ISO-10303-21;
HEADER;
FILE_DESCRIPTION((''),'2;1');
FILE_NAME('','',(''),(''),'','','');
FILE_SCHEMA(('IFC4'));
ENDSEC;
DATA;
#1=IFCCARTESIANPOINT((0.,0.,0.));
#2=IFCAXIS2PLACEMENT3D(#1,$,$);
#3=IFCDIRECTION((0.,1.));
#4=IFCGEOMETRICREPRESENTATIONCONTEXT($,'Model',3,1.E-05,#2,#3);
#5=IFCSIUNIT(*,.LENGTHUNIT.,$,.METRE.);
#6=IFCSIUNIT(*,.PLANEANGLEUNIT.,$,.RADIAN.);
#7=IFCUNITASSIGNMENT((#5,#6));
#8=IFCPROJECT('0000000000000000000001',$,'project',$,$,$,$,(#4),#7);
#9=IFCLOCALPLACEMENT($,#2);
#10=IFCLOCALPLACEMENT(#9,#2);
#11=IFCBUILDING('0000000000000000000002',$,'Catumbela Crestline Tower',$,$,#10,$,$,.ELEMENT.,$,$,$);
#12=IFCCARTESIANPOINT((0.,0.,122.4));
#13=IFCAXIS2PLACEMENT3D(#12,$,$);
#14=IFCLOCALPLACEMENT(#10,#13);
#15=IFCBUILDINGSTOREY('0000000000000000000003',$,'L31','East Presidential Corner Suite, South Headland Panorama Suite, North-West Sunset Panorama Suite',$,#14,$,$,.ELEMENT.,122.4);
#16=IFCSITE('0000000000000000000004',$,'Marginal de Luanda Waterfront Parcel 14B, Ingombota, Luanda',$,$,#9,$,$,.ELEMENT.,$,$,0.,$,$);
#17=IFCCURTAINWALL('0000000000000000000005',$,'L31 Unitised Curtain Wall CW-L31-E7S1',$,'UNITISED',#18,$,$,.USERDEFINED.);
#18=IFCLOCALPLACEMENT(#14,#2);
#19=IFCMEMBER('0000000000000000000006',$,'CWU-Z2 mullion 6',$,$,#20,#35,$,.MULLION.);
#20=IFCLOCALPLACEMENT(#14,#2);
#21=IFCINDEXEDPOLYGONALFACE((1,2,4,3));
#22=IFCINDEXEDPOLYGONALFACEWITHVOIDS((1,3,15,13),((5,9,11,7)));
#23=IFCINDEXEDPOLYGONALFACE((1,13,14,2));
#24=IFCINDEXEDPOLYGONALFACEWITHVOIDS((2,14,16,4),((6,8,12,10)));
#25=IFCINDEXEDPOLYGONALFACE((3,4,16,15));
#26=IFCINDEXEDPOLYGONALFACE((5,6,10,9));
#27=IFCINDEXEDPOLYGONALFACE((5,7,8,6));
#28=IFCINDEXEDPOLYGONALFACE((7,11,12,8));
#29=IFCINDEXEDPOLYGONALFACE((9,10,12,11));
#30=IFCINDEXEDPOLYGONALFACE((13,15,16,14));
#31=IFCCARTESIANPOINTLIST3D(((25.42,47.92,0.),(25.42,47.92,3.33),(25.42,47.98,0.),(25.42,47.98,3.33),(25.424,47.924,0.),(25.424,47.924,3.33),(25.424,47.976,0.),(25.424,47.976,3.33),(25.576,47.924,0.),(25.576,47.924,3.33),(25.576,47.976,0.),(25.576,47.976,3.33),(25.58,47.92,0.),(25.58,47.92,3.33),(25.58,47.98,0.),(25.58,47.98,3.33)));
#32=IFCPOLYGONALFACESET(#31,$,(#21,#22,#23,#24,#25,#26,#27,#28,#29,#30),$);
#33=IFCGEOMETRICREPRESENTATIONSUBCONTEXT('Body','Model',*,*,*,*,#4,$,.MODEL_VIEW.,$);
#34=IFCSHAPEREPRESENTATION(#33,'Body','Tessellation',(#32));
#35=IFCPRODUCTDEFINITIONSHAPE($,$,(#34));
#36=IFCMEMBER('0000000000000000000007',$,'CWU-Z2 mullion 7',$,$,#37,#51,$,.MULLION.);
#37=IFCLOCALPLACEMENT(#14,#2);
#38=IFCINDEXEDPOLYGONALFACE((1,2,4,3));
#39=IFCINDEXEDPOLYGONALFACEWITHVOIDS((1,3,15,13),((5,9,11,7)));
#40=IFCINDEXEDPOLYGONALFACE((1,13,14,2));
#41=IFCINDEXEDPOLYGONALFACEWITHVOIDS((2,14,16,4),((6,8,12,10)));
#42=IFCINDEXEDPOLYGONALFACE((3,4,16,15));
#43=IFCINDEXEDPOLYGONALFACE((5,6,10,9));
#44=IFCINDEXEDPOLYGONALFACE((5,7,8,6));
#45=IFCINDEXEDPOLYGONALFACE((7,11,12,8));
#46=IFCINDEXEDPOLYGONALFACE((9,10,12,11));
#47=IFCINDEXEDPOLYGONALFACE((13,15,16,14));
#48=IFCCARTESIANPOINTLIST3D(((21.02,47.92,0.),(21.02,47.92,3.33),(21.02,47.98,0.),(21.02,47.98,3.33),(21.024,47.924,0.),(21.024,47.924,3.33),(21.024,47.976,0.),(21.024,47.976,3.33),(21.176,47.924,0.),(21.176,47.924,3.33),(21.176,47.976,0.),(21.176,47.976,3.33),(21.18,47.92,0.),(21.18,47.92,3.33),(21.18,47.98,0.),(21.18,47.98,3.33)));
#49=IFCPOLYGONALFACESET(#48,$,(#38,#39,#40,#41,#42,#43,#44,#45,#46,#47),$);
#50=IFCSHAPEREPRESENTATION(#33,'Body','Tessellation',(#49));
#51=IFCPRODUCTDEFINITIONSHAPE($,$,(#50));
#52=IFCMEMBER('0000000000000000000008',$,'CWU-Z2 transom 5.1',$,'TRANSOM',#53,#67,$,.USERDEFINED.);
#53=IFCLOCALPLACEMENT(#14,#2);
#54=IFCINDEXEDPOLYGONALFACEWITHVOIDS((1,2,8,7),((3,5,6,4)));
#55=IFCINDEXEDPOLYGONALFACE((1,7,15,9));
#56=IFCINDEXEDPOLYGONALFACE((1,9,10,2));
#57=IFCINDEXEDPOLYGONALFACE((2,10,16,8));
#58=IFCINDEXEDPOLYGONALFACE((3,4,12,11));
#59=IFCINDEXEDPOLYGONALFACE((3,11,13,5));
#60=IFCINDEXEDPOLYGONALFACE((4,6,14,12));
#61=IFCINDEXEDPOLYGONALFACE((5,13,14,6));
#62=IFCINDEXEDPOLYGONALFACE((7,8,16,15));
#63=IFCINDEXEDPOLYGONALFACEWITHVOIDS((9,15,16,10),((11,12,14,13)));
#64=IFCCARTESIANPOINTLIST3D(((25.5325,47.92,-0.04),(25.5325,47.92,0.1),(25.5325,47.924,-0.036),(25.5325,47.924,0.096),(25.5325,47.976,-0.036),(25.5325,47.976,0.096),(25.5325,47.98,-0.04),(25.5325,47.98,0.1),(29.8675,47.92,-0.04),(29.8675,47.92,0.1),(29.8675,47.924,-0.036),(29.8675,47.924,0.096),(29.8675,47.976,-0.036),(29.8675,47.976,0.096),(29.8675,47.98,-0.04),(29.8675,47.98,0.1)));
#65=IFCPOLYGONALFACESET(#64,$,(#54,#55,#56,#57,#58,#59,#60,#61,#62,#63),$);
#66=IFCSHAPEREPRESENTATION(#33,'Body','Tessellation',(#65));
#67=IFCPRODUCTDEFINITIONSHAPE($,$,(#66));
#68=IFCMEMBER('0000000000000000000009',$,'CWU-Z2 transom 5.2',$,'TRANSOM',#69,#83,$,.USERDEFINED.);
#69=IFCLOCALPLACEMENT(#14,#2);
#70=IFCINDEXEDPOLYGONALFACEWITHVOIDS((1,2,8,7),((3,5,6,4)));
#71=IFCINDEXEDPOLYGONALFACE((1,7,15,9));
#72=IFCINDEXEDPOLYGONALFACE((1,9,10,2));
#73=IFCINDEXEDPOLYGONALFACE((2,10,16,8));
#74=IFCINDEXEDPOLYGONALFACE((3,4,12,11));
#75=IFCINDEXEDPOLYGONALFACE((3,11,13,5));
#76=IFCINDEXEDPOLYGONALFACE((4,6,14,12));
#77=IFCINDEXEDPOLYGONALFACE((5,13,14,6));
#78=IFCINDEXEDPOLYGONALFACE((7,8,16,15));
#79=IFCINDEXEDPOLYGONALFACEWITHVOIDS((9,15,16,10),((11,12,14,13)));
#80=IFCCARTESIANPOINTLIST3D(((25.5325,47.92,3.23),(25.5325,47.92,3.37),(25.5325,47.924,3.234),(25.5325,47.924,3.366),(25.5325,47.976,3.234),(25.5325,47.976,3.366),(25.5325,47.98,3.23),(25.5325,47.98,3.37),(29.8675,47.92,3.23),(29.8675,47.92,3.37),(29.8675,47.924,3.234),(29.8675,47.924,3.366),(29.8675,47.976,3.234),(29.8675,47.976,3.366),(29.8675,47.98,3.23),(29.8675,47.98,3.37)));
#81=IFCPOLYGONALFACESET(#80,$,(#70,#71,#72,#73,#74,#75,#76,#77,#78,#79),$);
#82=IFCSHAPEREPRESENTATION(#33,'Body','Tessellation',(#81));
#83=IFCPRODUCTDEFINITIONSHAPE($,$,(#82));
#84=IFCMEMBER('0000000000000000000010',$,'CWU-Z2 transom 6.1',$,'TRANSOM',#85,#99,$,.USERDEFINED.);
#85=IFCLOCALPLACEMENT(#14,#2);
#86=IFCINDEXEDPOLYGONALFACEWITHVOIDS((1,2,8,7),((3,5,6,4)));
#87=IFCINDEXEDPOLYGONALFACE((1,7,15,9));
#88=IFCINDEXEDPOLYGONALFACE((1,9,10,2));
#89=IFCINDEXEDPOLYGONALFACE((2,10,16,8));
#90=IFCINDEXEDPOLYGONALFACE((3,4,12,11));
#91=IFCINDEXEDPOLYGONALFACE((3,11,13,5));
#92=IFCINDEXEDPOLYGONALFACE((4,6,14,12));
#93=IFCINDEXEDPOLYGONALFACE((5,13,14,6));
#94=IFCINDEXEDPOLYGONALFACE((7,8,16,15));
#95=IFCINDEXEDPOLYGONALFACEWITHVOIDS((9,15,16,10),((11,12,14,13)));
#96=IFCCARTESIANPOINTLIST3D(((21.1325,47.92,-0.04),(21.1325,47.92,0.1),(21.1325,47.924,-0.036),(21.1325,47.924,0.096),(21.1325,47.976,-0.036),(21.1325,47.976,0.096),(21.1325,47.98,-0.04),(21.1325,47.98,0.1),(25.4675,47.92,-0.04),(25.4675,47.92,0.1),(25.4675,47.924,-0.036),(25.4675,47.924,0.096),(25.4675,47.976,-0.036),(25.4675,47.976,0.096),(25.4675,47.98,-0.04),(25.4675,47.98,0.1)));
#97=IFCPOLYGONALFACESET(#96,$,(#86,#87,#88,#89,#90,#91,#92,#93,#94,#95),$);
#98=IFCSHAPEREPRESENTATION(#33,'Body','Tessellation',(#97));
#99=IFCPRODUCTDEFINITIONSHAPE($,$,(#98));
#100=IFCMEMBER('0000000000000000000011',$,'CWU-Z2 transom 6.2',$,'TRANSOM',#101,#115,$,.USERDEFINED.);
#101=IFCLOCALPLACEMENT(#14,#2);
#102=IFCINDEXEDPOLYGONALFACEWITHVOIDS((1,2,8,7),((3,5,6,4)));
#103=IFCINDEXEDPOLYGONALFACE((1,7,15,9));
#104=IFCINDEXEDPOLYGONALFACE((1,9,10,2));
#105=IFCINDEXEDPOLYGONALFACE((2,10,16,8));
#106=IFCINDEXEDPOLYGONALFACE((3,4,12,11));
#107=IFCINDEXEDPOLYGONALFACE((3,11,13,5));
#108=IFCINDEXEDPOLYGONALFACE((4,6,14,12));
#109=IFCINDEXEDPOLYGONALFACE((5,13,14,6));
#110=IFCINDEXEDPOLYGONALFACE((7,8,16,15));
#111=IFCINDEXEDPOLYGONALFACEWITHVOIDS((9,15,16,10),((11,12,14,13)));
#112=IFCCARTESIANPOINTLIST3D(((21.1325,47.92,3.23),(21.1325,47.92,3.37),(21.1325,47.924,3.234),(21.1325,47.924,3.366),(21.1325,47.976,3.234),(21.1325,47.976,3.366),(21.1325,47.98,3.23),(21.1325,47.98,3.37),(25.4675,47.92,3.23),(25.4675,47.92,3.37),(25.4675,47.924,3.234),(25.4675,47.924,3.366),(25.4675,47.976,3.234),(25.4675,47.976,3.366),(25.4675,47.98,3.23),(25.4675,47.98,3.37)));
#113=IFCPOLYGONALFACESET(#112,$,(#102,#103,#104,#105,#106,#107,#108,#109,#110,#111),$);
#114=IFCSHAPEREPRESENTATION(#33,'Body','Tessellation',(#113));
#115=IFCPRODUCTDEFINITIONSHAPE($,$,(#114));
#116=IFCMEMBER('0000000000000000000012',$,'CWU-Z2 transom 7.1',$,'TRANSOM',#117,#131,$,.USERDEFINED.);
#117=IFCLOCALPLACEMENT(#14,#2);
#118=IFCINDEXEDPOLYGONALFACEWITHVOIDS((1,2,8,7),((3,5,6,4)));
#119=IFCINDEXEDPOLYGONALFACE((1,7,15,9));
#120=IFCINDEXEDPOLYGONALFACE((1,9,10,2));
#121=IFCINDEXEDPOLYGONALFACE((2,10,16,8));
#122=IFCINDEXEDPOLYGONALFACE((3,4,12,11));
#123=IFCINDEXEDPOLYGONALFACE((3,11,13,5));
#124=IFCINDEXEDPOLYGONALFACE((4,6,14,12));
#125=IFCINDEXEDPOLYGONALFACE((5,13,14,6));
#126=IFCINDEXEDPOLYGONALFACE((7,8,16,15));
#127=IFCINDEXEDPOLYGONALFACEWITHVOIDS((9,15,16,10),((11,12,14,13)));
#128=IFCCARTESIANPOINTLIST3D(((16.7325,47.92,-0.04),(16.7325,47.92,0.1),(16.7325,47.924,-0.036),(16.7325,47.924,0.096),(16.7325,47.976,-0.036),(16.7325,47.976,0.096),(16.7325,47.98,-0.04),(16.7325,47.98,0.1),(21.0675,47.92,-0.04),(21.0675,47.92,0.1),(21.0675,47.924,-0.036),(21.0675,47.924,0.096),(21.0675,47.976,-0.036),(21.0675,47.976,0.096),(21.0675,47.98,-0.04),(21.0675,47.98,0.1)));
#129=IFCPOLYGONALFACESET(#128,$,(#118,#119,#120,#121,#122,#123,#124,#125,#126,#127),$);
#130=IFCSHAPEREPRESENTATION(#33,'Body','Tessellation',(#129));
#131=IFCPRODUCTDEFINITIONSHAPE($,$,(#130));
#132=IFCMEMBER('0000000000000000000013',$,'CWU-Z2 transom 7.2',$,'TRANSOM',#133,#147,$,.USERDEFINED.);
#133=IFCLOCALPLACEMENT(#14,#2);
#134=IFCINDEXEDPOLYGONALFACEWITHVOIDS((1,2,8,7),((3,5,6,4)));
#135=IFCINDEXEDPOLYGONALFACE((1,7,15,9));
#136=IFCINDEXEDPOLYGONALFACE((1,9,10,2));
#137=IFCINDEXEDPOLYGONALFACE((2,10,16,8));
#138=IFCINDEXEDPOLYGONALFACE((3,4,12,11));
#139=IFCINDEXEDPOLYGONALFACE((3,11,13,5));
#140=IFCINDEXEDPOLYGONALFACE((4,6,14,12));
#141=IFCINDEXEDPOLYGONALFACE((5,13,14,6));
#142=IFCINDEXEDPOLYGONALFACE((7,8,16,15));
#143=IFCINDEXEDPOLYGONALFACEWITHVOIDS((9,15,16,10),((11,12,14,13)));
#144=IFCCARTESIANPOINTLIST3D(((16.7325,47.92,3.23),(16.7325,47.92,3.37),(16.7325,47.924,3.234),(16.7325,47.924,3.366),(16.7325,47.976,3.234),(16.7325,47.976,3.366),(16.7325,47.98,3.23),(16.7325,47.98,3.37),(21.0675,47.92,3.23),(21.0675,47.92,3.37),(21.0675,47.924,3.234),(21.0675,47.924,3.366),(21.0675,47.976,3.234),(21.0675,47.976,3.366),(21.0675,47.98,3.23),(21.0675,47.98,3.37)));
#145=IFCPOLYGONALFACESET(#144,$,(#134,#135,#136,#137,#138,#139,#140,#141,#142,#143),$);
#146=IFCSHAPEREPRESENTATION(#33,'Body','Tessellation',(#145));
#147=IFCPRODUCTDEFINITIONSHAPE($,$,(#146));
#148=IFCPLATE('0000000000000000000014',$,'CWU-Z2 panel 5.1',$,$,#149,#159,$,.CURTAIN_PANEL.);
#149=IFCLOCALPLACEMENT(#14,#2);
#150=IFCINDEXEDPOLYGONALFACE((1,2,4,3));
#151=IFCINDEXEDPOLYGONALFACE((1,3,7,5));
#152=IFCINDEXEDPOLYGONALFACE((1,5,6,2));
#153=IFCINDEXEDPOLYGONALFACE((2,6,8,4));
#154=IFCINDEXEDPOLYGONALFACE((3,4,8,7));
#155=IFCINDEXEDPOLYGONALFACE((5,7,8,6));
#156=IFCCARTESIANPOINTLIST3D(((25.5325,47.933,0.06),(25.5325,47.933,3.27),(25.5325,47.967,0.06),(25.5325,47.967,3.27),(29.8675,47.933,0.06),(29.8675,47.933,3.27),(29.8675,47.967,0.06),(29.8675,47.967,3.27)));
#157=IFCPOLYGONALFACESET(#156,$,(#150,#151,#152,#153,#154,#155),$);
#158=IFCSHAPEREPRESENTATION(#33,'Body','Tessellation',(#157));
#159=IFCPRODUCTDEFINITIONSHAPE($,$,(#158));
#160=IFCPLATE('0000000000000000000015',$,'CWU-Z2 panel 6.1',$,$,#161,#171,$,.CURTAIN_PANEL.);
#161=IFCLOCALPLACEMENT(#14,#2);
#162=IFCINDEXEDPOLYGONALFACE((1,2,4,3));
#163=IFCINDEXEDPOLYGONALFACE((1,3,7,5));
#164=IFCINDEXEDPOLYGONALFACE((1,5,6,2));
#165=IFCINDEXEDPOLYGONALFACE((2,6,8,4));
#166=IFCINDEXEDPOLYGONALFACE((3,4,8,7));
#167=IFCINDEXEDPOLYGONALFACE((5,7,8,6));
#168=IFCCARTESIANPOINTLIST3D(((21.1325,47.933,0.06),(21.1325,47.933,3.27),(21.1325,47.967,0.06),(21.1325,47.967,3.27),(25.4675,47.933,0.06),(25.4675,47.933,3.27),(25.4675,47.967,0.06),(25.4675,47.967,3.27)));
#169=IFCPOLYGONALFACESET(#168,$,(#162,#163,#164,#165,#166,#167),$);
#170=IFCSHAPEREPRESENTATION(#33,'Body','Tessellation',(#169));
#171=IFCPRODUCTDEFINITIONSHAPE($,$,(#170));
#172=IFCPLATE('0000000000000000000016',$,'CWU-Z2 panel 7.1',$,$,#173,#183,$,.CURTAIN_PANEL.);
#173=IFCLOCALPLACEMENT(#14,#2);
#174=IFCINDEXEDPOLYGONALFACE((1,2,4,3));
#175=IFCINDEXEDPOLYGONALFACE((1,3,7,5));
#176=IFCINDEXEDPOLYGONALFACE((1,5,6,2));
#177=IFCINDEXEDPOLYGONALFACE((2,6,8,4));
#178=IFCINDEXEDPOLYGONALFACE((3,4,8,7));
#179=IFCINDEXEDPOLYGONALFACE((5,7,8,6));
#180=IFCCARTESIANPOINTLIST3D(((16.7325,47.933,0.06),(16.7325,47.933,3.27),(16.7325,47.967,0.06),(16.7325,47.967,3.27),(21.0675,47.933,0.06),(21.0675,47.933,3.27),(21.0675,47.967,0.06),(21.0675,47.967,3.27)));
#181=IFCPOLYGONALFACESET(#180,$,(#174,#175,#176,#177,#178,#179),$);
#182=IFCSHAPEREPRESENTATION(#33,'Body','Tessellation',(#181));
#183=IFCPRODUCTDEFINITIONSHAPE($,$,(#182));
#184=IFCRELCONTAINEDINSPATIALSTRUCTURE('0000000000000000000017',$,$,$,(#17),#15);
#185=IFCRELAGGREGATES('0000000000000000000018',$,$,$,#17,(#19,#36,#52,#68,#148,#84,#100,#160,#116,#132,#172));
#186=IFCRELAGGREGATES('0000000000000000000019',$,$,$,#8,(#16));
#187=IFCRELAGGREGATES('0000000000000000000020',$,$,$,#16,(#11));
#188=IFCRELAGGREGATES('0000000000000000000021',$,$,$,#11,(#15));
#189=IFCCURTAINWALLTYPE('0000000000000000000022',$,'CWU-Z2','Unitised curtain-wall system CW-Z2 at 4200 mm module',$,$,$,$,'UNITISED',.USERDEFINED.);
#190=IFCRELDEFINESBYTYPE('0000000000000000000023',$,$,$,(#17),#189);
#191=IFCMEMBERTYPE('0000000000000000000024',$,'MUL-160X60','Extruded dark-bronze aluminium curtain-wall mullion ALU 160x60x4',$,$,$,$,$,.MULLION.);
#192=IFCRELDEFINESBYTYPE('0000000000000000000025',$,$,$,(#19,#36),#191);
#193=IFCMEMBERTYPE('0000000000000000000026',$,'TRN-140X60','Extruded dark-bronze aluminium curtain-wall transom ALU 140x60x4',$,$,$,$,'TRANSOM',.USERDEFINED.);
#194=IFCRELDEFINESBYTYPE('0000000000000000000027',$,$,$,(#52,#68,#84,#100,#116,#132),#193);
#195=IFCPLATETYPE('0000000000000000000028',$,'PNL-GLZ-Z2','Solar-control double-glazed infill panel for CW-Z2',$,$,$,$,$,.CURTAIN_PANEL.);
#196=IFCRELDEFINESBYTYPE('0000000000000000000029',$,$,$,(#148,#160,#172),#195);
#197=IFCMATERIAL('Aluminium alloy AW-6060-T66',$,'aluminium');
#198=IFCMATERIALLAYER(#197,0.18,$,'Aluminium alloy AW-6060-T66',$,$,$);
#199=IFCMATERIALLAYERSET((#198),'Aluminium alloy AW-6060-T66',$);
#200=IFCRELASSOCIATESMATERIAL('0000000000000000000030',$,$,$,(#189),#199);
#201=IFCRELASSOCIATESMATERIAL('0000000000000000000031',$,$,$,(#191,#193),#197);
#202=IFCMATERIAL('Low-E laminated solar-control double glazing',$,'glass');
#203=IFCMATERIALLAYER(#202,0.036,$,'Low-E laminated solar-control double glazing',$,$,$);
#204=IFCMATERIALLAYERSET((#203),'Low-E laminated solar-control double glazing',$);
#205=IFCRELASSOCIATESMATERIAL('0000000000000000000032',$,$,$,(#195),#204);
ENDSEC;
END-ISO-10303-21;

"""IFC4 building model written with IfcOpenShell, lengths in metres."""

from ifc_helpers import new_model, si_unit, direction, frame, origin, origin_2d, place, context, subcontext, project, spatial, rectangle, hollow_rectangle, extrude, material, layer, layer_set, material_profile, profile_set, type_object, element, aggregate, save


model = new_model("IFC4")

# Units and contexts
model_context = context("Model", 3, precision=1e-05, world=origin(), true_north=direction((0.0, 1.0)))
body_context = subcontext(model_context, "Body", "Model", "MODEL_VIEW")
ifc_project = project(units=[si_unit("LENGTHUNIT", "METRE"), si_unit("PLANEANGLEUNIT", "RADIAN")], contexts=[model_context])

# Site, building, storey
site_placement = place(None, origin())
site = spatial("IfcSite", under=ifc_project, at=site_placement, Name="Marginal de Luanda Waterfront Parcel 14B, Ingombota, Luanda", CompositionType="ELEMENT", RefElevation=0.0)
building_placement = place(site_placement, origin())
building = spatial("IfcBuilding", under=site, at=building_placement, Name="Catumbela Crestline Tower", CompositionType="ELEMENT")
storey_placement = place(building_placement, frame((0.0, 0.0, 122.4)))
storey = spatial("IfcBuildingStorey", under=building, at=storey_placement, Name="L31", Description="East Presidential Corner Suite, South Headland Panorama Suite, North-West Sunset Panorama Suite", CompositionType="ELEMENT", Elevation=122.4)

# Curtain wall, members, plates
ifc_material_1 = material(Name="Aluminium alloy AW-6060-T66", Category="aluminium")
ifc_layer_1 = layer(ifc_material_1, 0.18, Name="Aluminium alloy AW-6060-T66")
ifc_layer_set_1 = layer_set([ifc_layer_1], Name="Aluminium alloy AW-6060-T66")
curtain_wall_type = type_object("IfcCurtainWallType", Name="CWU-Z2", Description="Unitised curtain-wall system CW-Z2 at 4200 mm module", ElementType="UNITISED", PredefinedType="USERDEFINED", material=ifc_layer_set_1)
curtain_wall_placement = place(storey_placement, origin())
curtain_wall = element("IfcCurtainWall", 1, at=curtain_wall_placement, inside=storey, type_object=curtain_wall_type, Name="L31 Unitised Curtain Wall CW-L31-E7S1", ObjectType="UNITISED", PredefinedType="USERDEFINED")
ifc_material_profile_1 = material_profile(ifc_material_1, hollow_rectangle(XDim=0.06, YDim=0.16, WallThickness=0.004, at=origin_2d()), Name="ALU 160x60x4")
ifc_profile_set_1 = profile_set([ifc_material_profile_1], Name="Aluminium alloy AW-6060-T66")
member_type_1 = type_object("IfcMemberType", Name="MUL-160X60", Description="Extruded dark-bronze aluminium curtain-wall mullion ALU 160x60x4", PredefinedType="MULLION", material=ifc_profile_set_1)
member_1_placement = place(storey_placement, frame((25.5, 47.95, 0.0), z_axis=(0.0, 0.0, 1.0), x_axis=(0.0, -1.0, 0.0)))
member_1 = element("IfcMember", 2, at=member_1_placement, type_object=member_type_1, Name="CWU-Z2 mullion 6", PredefinedType="MULLION", context=body_context, shape_type="SweptSolid", body=[
    extrude(hollow_rectangle(XDim=0.06, YDim=0.16, WallThickness=0.004, at=origin_2d()), origin(), (0.0, 0.0, 1.0), 3.33),
])
member_2_placement = place(storey_placement, frame((21.1, 47.95, 0.0), z_axis=(0.0, 0.0, 1.0), x_axis=(0.0, -1.0, 0.0)))
member_2 = element("IfcMember", 3, at=member_2_placement, type_object=member_type_1, Name="CWU-Z2 mullion 7", PredefinedType="MULLION", context=body_context, shape_type="SweptSolid", body=[
    extrude(hollow_rectangle(XDim=0.06, YDim=0.16, WallThickness=0.004, at=origin_2d()), origin(), (0.0, 0.0, 1.0), 3.33),
])
ifc_material_profile_2 = material_profile(ifc_material_1, hollow_rectangle(XDim=0.06, YDim=0.14, WallThickness=0.004, at=origin_2d()), Name="ALU 140x60x4")
ifc_profile_set_2 = profile_set([ifc_material_profile_2], Name="Aluminium alloy AW-6060-T66")
member_type_2 = type_object("IfcMemberType", Name="TRN-140X60", Description="Extruded dark-bronze aluminium curtain-wall transom ALU 140x60x4", ElementType="TRANSOM", PredefinedType="USERDEFINED", material=ifc_profile_set_2)
member_3_placement = place(storey_placement, frame((29.8675, 47.95, 0.03), z_axis=(-1.0, 0.0, 0.0), x_axis=(0.0, -1.0, 0.0)))
member_3 = element("IfcMember", 4, at=member_3_placement, type_object=member_type_2, Name="CWU-Z2 transom 5.1", ObjectType="TRANSOM", PredefinedType="USERDEFINED", context=body_context, shape_type="SweptSolid", body=[
    extrude(hollow_rectangle(XDim=0.06, YDim=0.14, WallThickness=0.004, at=origin_2d()), origin(), (0.0, 0.0, 1.0), 4.335),
])
member_4_placement = place(storey_placement, frame((29.8675, 47.95, 3.3), z_axis=(-1.0, 0.0, 0.0), x_axis=(0.0, -1.0, 0.0)))
member_4 = element("IfcMember", 5, at=member_4_placement, type_object=member_type_2, Name="CWU-Z2 transom 5.2", ObjectType="TRANSOM", PredefinedType="USERDEFINED", context=body_context, shape_type="SweptSolid", body=[
    extrude(hollow_rectangle(XDim=0.06, YDim=0.14, WallThickness=0.004, at=origin_2d()), origin(), (0.0, 0.0, 1.0), 4.335),
])
member_5_placement = place(storey_placement, frame((25.4675, 47.95, 0.03), z_axis=(-1.0, 0.0, 0.0), x_axis=(0.0, -1.0, 0.0)))
member_5 = element("IfcMember", 6, at=member_5_placement, type_object=member_type_2, Name="CWU-Z2 transom 6.1", ObjectType="TRANSOM", PredefinedType="USERDEFINED", context=body_context, shape_type="SweptSolid", body=[
    extrude(hollow_rectangle(XDim=0.06, YDim=0.14, WallThickness=0.004, at=origin_2d()), origin(), (0.0, 0.0, 1.0), 4.335),
])
member_6_placement = place(storey_placement, frame((25.4675, 47.95, 3.3), z_axis=(-1.0, 0.0, 0.0), x_axis=(0.0, -1.0, 0.0)))
member_6 = element("IfcMember", 7, at=member_6_placement, type_object=member_type_2, Name="CWU-Z2 transom 6.2", ObjectType="TRANSOM", PredefinedType="USERDEFINED", context=body_context, shape_type="SweptSolid", body=[
    extrude(hollow_rectangle(XDim=0.06, YDim=0.14, WallThickness=0.004, at=origin_2d()), origin(), (0.0, 0.0, 1.0), 4.335),
])
member_7_placement = place(storey_placement, frame((21.0675, 47.95, 0.03), z_axis=(-1.0, 0.0, 0.0), x_axis=(0.0, -1.0, 0.0)))
member_7 = element("IfcMember", 8, at=member_7_placement, type_object=member_type_2, Name="CWU-Z2 transom 7.1", ObjectType="TRANSOM", PredefinedType="USERDEFINED", context=body_context, shape_type="SweptSolid", body=[
    extrude(hollow_rectangle(XDim=0.06, YDim=0.14, WallThickness=0.004, at=origin_2d()), origin(), (0.0, 0.0, 1.0), 4.335),
])
member_8_placement = place(storey_placement, frame((21.0675, 47.95, 3.3), z_axis=(-1.0, 0.0, 0.0), x_axis=(0.0, -1.0, 0.0)))
member_8 = element("IfcMember", 9, at=member_8_placement, type_object=member_type_2, Name="CWU-Z2 transom 7.2", ObjectType="TRANSOM", PredefinedType="USERDEFINED", context=body_context, shape_type="SweptSolid", body=[
    extrude(hollow_rectangle(XDim=0.06, YDim=0.14, WallThickness=0.004, at=origin_2d()), origin(), (0.0, 0.0, 1.0), 4.335),
])
ifc_material_2 = material(Name="Low-E laminated solar-control double glazing", Category="glass")
ifc_layer_2 = layer(ifc_material_2, 0.036, Name="Low-E laminated solar-control double glazing")
ifc_layer_set_2 = layer_set([ifc_layer_2], Name="Low-E laminated solar-control double glazing")
plate_type = type_object("IfcPlateType", Name="PNL-GLZ-Z2", Description="Solar-control double-glazed infill panel for CW-Z2", PredefinedType="CURTAIN_PANEL", material=ifc_layer_set_2)
plate_1_placement = place(storey_placement, frame((27.7, 47.95, 0.06), z_axis=(0.0, 0.0, 1.0), x_axis=(-1.0, 0.0, 0.0)))
plate_1 = element("IfcPlate", 10, at=plate_1_placement, type_object=plate_type, Name="CWU-Z2 panel 5.1", PredefinedType="CURTAIN_PANEL", context=body_context, shape_type="SweptSolid", body=[
    extrude(rectangle(XDim=4.335, YDim=0.034, at=origin_2d()), origin(), (0.0, 0.0, 1.0), 3.21),
])
plate_2_placement = place(storey_placement, frame((23.3, 47.95, 0.06), z_axis=(0.0, 0.0, 1.0), x_axis=(-1.0, 0.0, 0.0)))
plate_2 = element("IfcPlate", 11, at=plate_2_placement, type_object=plate_type, Name="CWU-Z2 panel 6.1", PredefinedType="CURTAIN_PANEL", context=body_context, shape_type="SweptSolid", body=[
    extrude(rectangle(XDim=4.335, YDim=0.034, at=origin_2d()), origin(), (0.0, 0.0, 1.0), 3.21),
])
plate_3_placement = place(storey_placement, frame((18.9, 47.95, 0.06), z_axis=(0.0, 0.0, 1.0), x_axis=(-1.0, 0.0, 0.0)))
plate_3 = element("IfcPlate", 12, at=plate_3_placement, type_object=plate_type, Name="CWU-Z2 panel 7.1", PredefinedType="CURTAIN_PANEL", context=body_context, shape_type="SweptSolid", body=[
    extrude(rectangle(XDim=4.335, YDim=0.034, at=origin_2d()), origin(), (0.0, 0.0, 1.0), 3.21),
])
aggregate(curtain_wall, [member_1, member_2, member_3, member_4, plate_1, member_5, member_6, plate_2, member_7, member_8, plate_3])

save(model, "model.ifc")
